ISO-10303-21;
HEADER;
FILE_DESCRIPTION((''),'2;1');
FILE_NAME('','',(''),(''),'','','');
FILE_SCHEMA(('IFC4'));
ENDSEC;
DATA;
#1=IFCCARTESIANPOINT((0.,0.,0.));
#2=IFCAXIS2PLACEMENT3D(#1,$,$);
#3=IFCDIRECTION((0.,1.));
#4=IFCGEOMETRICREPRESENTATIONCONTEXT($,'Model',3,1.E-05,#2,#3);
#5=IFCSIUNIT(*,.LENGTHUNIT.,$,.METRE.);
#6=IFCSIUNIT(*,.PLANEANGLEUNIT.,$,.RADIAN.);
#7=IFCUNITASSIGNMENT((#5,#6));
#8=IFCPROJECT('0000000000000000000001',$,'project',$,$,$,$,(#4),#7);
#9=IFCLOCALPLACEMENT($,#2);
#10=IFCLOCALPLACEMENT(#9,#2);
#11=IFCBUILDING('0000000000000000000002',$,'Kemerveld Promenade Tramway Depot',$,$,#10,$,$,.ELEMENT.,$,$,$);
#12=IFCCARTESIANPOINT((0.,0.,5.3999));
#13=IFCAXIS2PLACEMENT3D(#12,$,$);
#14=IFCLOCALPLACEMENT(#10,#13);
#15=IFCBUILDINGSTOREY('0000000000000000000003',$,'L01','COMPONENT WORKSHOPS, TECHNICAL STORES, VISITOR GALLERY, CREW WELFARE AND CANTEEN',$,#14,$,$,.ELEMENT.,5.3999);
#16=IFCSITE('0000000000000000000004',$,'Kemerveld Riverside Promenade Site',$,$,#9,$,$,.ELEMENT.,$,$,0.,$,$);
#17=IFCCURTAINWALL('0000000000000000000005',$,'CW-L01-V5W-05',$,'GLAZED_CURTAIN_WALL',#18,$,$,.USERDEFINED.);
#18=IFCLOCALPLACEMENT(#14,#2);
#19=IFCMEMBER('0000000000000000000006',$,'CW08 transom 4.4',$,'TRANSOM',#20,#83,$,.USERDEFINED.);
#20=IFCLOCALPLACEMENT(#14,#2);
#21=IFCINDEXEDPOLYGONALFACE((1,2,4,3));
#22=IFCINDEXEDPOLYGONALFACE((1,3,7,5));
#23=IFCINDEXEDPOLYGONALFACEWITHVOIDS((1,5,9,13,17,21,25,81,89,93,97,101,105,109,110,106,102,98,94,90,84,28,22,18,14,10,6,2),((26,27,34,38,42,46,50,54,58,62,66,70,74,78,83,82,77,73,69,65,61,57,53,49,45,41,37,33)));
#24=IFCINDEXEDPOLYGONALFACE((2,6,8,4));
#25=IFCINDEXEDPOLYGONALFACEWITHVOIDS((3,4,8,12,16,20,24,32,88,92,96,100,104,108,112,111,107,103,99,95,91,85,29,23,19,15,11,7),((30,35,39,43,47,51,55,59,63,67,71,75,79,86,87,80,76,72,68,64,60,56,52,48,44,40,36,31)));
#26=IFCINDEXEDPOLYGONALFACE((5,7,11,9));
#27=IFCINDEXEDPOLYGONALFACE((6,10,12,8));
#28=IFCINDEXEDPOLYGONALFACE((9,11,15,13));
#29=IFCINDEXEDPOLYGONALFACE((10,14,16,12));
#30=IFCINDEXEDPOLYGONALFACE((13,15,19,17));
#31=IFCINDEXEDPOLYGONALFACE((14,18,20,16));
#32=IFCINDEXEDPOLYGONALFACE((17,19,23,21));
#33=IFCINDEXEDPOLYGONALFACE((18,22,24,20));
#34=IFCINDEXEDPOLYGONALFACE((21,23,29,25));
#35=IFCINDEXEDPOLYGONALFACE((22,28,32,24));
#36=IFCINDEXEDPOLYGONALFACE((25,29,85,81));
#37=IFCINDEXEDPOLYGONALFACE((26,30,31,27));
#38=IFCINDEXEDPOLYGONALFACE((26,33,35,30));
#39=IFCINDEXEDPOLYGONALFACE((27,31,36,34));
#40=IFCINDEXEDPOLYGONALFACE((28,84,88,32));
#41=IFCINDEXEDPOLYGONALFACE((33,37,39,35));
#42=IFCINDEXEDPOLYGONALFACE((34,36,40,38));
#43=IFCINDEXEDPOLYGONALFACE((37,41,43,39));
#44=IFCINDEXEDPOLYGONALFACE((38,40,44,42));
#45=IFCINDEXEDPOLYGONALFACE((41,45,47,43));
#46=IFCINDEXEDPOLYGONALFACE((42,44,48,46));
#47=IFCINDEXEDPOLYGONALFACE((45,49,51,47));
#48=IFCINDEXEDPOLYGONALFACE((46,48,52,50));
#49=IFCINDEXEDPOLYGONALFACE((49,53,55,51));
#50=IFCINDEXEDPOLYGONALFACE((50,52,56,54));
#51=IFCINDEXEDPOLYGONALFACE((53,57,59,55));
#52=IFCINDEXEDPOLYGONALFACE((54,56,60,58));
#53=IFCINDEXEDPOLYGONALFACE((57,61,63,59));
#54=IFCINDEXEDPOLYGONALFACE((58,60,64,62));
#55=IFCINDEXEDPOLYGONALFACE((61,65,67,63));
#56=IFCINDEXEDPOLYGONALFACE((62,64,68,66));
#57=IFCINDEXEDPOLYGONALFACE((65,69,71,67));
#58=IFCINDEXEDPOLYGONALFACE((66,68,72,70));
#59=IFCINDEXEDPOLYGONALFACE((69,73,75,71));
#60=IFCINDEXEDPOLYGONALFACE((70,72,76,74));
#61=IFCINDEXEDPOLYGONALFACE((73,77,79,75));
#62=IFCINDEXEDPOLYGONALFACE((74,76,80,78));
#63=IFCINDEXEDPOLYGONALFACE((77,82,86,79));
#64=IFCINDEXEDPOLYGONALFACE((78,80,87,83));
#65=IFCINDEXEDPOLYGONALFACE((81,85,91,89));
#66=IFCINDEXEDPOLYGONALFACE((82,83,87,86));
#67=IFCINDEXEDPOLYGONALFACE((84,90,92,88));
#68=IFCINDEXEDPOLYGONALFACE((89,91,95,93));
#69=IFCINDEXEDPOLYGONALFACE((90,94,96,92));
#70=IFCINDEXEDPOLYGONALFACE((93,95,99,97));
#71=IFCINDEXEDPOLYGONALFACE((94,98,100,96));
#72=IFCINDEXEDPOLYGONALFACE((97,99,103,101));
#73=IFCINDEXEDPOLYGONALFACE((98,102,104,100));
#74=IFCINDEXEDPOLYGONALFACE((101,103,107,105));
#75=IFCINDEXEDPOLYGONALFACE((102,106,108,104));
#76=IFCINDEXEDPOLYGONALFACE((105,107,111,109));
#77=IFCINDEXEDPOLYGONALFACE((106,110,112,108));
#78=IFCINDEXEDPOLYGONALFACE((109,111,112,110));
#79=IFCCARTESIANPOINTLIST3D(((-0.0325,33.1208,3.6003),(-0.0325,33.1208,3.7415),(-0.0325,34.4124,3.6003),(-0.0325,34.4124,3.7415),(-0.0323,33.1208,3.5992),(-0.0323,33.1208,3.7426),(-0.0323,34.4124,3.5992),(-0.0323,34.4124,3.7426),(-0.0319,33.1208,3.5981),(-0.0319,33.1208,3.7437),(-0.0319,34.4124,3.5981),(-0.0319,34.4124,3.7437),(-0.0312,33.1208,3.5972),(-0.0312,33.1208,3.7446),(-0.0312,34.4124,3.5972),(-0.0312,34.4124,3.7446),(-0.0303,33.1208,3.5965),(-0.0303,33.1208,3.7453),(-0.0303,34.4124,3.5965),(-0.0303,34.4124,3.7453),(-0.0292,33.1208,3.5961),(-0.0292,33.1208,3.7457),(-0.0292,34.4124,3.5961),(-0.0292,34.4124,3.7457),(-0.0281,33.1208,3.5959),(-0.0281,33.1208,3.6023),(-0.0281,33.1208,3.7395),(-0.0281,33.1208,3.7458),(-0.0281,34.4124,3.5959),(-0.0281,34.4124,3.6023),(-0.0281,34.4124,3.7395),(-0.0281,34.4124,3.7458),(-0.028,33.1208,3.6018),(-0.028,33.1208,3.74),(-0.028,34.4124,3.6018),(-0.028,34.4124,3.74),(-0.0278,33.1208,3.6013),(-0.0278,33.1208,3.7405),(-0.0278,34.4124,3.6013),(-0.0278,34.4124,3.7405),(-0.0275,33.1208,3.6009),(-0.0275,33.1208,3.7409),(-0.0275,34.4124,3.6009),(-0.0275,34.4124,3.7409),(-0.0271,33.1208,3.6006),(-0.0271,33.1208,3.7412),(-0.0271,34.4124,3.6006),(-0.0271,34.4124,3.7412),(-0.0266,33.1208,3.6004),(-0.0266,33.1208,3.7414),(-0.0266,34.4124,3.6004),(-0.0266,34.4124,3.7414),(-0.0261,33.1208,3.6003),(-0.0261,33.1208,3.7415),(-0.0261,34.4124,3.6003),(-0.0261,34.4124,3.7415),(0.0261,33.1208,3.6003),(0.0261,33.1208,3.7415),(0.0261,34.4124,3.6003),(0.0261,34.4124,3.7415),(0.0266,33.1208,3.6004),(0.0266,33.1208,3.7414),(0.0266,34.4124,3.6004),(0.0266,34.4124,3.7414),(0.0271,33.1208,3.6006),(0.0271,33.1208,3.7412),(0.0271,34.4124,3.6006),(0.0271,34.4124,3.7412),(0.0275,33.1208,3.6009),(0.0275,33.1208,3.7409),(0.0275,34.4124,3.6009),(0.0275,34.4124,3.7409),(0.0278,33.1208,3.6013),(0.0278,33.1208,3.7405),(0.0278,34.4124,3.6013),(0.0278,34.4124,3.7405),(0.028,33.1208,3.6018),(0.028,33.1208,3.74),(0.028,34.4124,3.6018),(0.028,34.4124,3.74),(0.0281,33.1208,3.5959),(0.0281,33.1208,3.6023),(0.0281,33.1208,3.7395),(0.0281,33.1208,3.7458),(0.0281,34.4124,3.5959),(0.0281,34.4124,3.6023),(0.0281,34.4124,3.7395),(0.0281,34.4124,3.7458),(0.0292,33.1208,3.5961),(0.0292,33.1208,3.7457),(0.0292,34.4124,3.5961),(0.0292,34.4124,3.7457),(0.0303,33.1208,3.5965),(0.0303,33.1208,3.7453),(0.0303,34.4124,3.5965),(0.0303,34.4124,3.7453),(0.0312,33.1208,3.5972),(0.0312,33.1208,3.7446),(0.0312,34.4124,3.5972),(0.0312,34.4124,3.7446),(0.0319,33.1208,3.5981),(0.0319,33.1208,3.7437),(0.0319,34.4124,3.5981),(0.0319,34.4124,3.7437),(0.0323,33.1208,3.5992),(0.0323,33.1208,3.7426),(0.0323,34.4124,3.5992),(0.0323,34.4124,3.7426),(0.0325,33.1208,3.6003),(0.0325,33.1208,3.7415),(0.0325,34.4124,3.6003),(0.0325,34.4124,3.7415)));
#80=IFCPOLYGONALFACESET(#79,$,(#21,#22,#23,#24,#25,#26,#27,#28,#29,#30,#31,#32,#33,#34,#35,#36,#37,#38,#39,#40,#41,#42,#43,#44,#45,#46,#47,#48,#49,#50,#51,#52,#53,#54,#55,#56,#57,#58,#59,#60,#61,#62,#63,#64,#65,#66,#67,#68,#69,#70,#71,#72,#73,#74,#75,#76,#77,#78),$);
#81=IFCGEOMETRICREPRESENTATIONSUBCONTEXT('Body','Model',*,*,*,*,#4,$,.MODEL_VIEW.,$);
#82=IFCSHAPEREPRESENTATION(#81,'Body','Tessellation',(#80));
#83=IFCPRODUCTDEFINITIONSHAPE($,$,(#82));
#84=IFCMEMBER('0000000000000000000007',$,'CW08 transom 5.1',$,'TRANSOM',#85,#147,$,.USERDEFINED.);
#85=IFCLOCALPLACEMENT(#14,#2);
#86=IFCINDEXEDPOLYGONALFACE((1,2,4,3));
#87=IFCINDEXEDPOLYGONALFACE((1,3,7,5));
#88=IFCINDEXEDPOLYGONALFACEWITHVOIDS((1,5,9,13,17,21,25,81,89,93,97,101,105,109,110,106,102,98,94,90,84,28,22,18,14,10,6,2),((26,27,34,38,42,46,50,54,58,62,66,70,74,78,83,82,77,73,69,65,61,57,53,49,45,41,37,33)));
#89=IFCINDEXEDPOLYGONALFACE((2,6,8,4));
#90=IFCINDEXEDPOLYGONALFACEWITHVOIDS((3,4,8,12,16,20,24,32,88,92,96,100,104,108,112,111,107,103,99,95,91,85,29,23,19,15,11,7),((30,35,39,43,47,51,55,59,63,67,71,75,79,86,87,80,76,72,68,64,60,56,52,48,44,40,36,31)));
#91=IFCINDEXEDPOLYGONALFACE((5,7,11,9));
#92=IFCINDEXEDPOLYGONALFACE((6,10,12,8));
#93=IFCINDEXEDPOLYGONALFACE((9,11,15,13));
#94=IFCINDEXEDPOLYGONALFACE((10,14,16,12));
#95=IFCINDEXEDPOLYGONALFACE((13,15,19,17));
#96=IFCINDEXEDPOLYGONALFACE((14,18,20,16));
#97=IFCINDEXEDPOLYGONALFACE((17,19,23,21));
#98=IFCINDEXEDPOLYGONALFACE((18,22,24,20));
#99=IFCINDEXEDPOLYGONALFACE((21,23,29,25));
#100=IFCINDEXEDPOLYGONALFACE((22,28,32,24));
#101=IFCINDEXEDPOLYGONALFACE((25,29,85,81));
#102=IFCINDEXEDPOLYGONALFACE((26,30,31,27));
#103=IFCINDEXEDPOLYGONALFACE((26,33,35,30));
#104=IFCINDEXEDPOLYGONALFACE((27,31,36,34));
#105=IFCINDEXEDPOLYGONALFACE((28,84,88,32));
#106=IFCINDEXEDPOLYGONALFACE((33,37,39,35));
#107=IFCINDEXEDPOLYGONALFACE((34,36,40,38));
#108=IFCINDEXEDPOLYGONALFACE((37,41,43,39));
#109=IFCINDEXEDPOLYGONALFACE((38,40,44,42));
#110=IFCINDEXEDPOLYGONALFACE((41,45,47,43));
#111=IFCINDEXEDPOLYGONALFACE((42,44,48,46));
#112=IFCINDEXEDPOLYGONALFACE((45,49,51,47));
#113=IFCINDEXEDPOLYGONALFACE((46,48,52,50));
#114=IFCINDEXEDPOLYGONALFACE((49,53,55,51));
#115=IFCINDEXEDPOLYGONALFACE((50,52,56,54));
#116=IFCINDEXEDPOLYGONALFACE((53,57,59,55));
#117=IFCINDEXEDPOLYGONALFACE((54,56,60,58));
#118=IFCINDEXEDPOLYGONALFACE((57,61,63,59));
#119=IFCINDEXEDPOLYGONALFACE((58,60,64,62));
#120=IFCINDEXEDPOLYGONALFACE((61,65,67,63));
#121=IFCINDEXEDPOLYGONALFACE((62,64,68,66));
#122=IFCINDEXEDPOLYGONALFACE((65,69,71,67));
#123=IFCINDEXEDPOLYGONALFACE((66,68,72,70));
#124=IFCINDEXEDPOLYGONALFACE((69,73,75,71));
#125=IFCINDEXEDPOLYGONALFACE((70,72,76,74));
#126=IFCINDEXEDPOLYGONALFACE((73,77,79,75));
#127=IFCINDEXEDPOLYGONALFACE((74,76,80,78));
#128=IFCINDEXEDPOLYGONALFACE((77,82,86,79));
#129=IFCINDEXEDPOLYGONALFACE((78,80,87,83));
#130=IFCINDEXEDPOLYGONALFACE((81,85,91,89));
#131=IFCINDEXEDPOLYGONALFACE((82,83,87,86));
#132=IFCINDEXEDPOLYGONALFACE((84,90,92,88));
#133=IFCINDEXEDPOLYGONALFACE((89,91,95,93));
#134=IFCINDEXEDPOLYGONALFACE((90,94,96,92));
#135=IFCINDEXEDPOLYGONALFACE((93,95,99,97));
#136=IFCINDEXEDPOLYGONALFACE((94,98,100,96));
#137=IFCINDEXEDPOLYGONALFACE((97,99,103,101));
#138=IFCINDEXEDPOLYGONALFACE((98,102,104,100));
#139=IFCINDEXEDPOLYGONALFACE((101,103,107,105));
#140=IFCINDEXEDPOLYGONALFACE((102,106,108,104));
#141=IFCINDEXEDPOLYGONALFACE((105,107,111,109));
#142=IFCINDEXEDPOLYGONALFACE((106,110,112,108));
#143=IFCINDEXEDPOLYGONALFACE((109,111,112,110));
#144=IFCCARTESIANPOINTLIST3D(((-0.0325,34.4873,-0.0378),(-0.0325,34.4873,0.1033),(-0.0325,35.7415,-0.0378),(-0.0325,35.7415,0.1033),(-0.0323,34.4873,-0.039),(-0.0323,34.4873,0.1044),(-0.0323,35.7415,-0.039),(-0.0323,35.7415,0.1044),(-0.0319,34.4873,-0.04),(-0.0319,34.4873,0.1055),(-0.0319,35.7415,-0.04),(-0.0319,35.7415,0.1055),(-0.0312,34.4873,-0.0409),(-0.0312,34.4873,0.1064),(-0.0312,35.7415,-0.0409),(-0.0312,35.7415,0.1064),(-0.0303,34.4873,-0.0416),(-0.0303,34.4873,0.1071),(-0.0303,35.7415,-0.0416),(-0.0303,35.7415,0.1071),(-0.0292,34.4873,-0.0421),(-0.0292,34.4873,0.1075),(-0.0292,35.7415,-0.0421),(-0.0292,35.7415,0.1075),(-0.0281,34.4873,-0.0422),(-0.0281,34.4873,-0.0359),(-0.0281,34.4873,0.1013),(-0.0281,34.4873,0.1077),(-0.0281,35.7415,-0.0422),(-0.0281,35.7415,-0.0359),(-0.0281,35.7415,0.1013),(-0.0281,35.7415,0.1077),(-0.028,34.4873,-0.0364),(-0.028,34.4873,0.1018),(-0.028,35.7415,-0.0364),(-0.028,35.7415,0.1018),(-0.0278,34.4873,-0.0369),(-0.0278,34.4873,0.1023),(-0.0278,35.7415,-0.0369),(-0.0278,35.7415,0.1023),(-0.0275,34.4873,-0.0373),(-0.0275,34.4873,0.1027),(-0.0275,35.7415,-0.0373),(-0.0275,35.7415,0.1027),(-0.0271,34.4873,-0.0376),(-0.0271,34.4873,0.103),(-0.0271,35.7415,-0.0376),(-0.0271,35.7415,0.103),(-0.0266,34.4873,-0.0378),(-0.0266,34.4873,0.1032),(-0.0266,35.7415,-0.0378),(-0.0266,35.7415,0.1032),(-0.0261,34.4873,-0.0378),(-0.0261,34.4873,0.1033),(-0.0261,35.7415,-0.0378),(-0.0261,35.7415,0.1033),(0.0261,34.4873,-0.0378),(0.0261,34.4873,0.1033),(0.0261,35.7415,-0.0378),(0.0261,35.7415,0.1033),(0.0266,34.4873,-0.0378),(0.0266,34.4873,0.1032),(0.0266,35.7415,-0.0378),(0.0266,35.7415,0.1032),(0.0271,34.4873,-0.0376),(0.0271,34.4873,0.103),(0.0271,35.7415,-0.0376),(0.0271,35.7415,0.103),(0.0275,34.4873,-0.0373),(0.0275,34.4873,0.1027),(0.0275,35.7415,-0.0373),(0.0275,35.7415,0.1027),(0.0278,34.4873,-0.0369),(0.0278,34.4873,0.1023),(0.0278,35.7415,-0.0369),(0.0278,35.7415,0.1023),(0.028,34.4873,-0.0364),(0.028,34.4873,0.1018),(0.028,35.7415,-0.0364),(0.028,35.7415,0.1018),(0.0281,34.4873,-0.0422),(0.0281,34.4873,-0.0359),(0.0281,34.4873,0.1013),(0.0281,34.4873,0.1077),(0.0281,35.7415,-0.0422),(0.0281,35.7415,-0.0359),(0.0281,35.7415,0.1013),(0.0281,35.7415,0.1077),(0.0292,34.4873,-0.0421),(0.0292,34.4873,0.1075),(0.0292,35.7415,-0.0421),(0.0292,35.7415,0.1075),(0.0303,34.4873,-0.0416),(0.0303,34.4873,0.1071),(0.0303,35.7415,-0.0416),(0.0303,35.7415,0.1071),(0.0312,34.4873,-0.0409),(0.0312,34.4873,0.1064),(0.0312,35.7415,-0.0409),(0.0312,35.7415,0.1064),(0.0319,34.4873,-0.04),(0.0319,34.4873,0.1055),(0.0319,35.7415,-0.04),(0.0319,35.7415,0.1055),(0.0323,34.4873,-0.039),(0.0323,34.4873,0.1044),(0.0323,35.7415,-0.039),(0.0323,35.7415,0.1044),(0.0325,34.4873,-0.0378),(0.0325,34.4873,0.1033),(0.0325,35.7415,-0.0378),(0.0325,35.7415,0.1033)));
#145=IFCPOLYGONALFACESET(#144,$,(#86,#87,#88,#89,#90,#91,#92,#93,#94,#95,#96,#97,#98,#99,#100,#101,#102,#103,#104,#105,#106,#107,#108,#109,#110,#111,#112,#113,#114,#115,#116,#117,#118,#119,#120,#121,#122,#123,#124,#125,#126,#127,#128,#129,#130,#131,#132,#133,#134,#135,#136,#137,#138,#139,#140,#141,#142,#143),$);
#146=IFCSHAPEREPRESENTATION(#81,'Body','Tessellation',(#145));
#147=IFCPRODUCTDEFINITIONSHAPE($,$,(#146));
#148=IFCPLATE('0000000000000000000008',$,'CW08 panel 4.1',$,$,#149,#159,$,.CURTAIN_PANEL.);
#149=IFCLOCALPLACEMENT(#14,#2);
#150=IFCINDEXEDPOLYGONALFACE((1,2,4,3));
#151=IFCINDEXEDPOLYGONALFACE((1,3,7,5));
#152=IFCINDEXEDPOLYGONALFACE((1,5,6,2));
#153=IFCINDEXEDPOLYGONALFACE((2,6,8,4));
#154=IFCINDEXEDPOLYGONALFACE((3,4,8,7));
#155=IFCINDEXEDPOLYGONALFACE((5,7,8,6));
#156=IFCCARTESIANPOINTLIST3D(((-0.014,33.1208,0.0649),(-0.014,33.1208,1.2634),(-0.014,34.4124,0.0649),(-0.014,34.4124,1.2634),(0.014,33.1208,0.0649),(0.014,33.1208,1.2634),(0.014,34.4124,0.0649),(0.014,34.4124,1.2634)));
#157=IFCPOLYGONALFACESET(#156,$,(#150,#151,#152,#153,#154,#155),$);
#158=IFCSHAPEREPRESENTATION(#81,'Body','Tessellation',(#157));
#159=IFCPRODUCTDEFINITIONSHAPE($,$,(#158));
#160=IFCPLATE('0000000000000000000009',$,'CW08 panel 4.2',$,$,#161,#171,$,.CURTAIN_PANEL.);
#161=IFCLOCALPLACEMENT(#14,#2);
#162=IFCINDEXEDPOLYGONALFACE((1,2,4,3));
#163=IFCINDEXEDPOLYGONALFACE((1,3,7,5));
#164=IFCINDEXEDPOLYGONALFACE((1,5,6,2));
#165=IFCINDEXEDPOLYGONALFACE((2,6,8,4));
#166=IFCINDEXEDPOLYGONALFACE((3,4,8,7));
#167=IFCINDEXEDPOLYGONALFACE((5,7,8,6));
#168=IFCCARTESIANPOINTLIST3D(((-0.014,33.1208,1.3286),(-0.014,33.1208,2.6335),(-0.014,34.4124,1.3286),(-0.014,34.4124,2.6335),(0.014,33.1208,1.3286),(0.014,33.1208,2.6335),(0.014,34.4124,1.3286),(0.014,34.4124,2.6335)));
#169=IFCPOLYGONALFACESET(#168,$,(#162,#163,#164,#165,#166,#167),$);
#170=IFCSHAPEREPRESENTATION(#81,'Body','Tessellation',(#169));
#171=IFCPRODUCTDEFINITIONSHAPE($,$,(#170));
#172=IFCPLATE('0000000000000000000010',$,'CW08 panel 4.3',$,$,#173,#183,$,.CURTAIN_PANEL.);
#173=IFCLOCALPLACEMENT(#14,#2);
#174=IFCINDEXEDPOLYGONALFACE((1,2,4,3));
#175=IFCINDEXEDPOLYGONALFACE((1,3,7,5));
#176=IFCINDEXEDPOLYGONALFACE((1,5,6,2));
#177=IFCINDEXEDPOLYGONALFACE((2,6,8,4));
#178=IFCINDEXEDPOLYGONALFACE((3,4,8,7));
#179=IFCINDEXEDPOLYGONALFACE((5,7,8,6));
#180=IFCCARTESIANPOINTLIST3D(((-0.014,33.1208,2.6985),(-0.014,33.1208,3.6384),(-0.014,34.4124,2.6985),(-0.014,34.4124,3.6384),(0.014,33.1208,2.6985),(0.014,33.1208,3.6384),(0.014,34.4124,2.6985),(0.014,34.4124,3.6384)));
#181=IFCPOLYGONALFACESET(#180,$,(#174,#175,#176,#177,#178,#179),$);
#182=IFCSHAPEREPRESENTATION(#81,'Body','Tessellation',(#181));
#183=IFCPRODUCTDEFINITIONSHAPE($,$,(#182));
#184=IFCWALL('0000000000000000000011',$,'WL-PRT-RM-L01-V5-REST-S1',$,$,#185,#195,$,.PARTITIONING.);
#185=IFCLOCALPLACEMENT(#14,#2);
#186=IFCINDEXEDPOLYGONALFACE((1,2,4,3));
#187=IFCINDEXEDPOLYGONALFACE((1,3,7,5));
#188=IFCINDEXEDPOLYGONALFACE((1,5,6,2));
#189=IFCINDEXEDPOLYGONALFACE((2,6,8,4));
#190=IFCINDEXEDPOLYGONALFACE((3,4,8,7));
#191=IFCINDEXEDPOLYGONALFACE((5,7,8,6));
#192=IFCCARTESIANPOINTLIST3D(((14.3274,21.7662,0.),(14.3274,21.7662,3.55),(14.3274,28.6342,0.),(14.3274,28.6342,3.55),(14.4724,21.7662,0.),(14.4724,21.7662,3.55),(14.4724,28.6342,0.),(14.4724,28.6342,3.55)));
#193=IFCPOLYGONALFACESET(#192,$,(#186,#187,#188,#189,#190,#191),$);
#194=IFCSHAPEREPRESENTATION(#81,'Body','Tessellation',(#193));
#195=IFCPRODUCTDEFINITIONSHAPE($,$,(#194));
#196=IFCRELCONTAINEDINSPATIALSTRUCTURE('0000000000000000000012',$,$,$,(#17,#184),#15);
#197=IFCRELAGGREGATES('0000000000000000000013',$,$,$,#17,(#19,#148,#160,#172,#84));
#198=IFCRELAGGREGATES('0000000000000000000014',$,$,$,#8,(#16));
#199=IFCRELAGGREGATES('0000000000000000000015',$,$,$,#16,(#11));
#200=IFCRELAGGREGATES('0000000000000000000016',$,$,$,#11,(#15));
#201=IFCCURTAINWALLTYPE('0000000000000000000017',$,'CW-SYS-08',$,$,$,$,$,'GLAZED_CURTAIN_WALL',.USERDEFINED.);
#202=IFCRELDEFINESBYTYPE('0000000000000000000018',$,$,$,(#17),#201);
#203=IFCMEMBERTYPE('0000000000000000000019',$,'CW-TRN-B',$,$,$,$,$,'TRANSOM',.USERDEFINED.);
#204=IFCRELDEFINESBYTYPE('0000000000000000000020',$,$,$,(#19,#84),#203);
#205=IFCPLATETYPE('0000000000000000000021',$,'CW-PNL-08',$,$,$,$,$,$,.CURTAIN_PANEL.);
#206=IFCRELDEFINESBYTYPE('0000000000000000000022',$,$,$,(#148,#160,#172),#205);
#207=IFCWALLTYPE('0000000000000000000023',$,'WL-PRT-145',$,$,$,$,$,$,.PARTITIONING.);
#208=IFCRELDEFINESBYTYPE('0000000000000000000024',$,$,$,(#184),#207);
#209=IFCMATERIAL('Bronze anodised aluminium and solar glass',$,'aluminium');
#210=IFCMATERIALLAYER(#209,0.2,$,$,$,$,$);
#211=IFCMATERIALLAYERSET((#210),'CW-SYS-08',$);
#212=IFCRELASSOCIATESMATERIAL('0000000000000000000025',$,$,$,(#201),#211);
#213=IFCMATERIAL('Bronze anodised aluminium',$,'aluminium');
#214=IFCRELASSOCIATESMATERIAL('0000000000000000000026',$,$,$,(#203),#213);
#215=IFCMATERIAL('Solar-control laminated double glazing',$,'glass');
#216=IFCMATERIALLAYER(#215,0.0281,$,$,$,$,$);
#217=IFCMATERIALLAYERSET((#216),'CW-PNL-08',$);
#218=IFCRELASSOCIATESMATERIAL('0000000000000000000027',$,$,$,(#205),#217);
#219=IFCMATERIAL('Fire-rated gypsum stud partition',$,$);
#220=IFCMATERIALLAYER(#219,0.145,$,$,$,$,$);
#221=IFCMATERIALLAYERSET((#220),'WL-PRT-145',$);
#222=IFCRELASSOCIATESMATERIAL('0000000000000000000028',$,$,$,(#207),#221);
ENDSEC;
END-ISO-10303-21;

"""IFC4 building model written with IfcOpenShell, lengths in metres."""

from ifc_helpers import new_model, si_unit, direction, frame, frame_2d, origin, origin_2d, place, context, subcontext, project, spatial, rectangle, hollow_rectangle, extrude, material, layer, layer_set, material_profile, profile_set, type_object, element, aggregate, save


model = new_model("IFC4")

# Units and contexts
model_context = context("Model", 3, precision=1e-05, world=origin(), true_north=direction((0.0, 1.0)))
body_context = subcontext(model_context, "Body", "Model", "MODEL_VIEW")
ifc_project = project(units=[si_unit("LENGTHUNIT", "METRE"), si_unit("PLANEANGLEUNIT", "RADIAN")], contexts=[model_context])

# Site, building, storey
site_placement = place(None, origin())
site = spatial("IfcSite", under=ifc_project, at=site_placement, Name="Kemerveld Riverside Promenade Site", CompositionType="ELEMENT", RefElevation=0.0)
building_placement = place(site_placement, origin())
building = spatial("IfcBuilding", under=site, at=building_placement, Name="Kemerveld Promenade Tramway Depot", CompositionType="ELEMENT")
storey_placement = place(building_placement, frame((0.0, 0.0, 5.3999)))
storey = spatial("IfcBuildingStorey", under=building, at=storey_placement, Name="L01", Description="COMPONENT WORKSHOPS, TECHNICAL STORES, VISITOR GALLERY, CREW WELFARE AND CANTEEN", CompositionType="ELEMENT", Elevation=5.3999)

# Curtain wall, members, plates
ifc_material_1 = material(Name="Bronze anodised aluminium and solar glass", Category="aluminium")
ifc_layer_1 = layer(ifc_material_1, 0.2)
ifc_layer_set_1 = layer_set([ifc_layer_1], Name="CW-SYS-08")
curtain_wall_type = type_object("IfcCurtainWallType", Name="CW-SYS-08", ElementType="GLAZED_CURTAIN_WALL", PredefinedType="USERDEFINED", material=ifc_layer_set_1)
curtain_wall_placement = place(storey_placement, origin())
curtain_wall = element("IfcCurtainWall", 1, at=curtain_wall_placement, inside=storey, type_object=curtain_wall_type, Name="CW-L01-V5W-05", ObjectType="GLAZED_CURTAIN_WALL", PredefinedType="USERDEFINED")
ifc_material_2 = material(Name="Bronze anodised aluminium", Category="aluminium")
ifc_material_profile_1 = material_profile(ifc_material_2, hollow_rectangle(XDim=0.0649, YDim=0.1499, WallThickness=0.0044, InnerFilletRadius=0.002, OuterFilletRadius=0.0044, at=origin_2d()), Name="CW-TRN-150x65")
ifc_profile_set_1 = profile_set([ifc_material_profile_1], Name="Bronze anodised aluminium")
member_type_1 = type_object("IfcMemberType", Name="CW-TRN-B", ElementType="TRANSOM", PredefinedType="USERDEFINED", material=ifc_profile_set_1)
member_1_placement = place(storey_placement, frame((0.0, 33.1208, 3.6709), z_axis=(0.0, 1.0, 0.0), x_axis=(-1.0, 0.0, 0.0)))
member_1 = element("IfcMember", 2, at=member_1_placement, type_object=member_type_1, Name="CW08 transom 4.4", ObjectType="TRANSOM", PredefinedType="USERDEFINED", context=body_context, shape_type="SweptSolid", body=[
    extrude(hollow_rectangle(XDim=0.0649, YDim=0.1499, WallThickness=0.0044, InnerFilletRadius=0.002, OuterFilletRadius=0.0044, at=origin_2d()), origin(), (0.0, 0.0, 1.0), 1.2915),
])
member_2_placement = place(storey_placement, frame((0.0, 34.4873, 0.0327), z_axis=(0.0, 1.0, 0.0), x_axis=(-1.0, 0.0, 0.0)))
member_2 = element("IfcMember", 3, at=member_2_placement, type_object=member_type_1, Name="CW08 transom 5.1", ObjectType="TRANSOM", PredefinedType="USERDEFINED", context=body_context, shape_type="SweptSolid", body=[
    extrude(hollow_rectangle(XDim=0.0649, YDim=0.1499, WallThickness=0.0044, InnerFilletRadius=0.002, OuterFilletRadius=0.0044, at=origin_2d()), origin(), (0.0, 0.0, 1.0), 1.2542),
])
ifc_material_3 = material(Name="Solar-control laminated double glazing", Category="glass")
ifc_layer_2 = layer(ifc_material_3, 0.0281)
ifc_layer_set_2 = layer_set([ifc_layer_2], Name="CW-PNL-08")
plate_type = type_object("IfcPlateType", Name="CW-PNL-08", PredefinedType="CURTAIN_PANEL", material=ifc_layer_set_2)
plate_1_placement = place(storey_placement, frame((0.0, 33.7666, 0.0649), z_axis=(0.0, 0.0, 1.0), x_axis=(0.0, 1.0, 0.0)))
plate_1 = element("IfcPlate", 4, at=plate_1_placement, type_object=plate_type, Name="CW08 panel 4.1", PredefinedType="CURTAIN_PANEL", context=body_context, shape_type="SweptSolid", body=[
    extrude(rectangle(XDim=1.2915, YDim=0.0281, at=origin_2d()), origin(), (0.0, 0.0, 1.0), 1.1985),
])
plate_2_placement = place(storey_placement, frame((0.0, 33.7666, 1.3286), z_axis=(0.0, 0.0, 1.0), x_axis=(0.0, 1.0, 0.0)))
plate_2 = element("IfcPlate", 5, at=plate_2_placement, type_object=plate_type, Name="CW08 panel 4.2", PredefinedType="CURTAIN_PANEL", context=body_context, shape_type="SweptSolid", body=[
    extrude(rectangle(XDim=1.2915, YDim=0.0281, at=origin_2d()), origin(), (0.0, 0.0, 1.0), 1.3049),
])
plate_3_placement = place(storey_placement, frame((0.0, 33.7666, 2.6985), z_axis=(0.0, 0.0, 1.0), x_axis=(0.0, 1.0, 0.0)))
plate_3 = element("IfcPlate", 6, at=plate_3_placement, type_object=plate_type, Name="CW08 panel 4.3", PredefinedType="CURTAIN_PANEL", context=body_context, shape_type="SweptSolid", body=[
    extrude(rectangle(XDim=1.2915, YDim=0.0281, at=origin_2d()), origin(), (0.0, 0.0, 1.0), 0.9399),
])
aggregate(curtain_wall, [member_1, plate_1, plate_2, plate_3, member_2])

# Wall
ifc_material_4 = material(Name="Fire-rated gypsum stud partition")
ifc_layer_3 = layer(ifc_material_4, 0.145)
ifc_layer_set_3 = layer_set([ifc_layer_3], Name="WL-PRT-145")
wall_type = type_object("IfcWallType", Name="WL-PRT-145", PredefinedType="PARTITIONING", material=ifc_layer_set_3)
wall_1_placement = place(storey_placement, frame((14.3999, 21.7661, 0.0), z_axis=(0.0, 0.0, 1.0), x_axis=(0.0, 1.0, 0.0)))
element("IfcWall", 7, at=wall_1_placement, inside=storey, type_object=wall_type, Name="WL-PRT-RM-L01-V5-REST-S1", PredefinedType="PARTITIONING", context=body_context, shape_type="SweptSolid", body=[
    extrude(rectangle(XDim=6.8679, YDim=0.145, at=frame_2d((3.4341, 0.0))), origin(), (0.0, 0.0, 1.0), 3.55),
])

save(model, "model.ifc")
